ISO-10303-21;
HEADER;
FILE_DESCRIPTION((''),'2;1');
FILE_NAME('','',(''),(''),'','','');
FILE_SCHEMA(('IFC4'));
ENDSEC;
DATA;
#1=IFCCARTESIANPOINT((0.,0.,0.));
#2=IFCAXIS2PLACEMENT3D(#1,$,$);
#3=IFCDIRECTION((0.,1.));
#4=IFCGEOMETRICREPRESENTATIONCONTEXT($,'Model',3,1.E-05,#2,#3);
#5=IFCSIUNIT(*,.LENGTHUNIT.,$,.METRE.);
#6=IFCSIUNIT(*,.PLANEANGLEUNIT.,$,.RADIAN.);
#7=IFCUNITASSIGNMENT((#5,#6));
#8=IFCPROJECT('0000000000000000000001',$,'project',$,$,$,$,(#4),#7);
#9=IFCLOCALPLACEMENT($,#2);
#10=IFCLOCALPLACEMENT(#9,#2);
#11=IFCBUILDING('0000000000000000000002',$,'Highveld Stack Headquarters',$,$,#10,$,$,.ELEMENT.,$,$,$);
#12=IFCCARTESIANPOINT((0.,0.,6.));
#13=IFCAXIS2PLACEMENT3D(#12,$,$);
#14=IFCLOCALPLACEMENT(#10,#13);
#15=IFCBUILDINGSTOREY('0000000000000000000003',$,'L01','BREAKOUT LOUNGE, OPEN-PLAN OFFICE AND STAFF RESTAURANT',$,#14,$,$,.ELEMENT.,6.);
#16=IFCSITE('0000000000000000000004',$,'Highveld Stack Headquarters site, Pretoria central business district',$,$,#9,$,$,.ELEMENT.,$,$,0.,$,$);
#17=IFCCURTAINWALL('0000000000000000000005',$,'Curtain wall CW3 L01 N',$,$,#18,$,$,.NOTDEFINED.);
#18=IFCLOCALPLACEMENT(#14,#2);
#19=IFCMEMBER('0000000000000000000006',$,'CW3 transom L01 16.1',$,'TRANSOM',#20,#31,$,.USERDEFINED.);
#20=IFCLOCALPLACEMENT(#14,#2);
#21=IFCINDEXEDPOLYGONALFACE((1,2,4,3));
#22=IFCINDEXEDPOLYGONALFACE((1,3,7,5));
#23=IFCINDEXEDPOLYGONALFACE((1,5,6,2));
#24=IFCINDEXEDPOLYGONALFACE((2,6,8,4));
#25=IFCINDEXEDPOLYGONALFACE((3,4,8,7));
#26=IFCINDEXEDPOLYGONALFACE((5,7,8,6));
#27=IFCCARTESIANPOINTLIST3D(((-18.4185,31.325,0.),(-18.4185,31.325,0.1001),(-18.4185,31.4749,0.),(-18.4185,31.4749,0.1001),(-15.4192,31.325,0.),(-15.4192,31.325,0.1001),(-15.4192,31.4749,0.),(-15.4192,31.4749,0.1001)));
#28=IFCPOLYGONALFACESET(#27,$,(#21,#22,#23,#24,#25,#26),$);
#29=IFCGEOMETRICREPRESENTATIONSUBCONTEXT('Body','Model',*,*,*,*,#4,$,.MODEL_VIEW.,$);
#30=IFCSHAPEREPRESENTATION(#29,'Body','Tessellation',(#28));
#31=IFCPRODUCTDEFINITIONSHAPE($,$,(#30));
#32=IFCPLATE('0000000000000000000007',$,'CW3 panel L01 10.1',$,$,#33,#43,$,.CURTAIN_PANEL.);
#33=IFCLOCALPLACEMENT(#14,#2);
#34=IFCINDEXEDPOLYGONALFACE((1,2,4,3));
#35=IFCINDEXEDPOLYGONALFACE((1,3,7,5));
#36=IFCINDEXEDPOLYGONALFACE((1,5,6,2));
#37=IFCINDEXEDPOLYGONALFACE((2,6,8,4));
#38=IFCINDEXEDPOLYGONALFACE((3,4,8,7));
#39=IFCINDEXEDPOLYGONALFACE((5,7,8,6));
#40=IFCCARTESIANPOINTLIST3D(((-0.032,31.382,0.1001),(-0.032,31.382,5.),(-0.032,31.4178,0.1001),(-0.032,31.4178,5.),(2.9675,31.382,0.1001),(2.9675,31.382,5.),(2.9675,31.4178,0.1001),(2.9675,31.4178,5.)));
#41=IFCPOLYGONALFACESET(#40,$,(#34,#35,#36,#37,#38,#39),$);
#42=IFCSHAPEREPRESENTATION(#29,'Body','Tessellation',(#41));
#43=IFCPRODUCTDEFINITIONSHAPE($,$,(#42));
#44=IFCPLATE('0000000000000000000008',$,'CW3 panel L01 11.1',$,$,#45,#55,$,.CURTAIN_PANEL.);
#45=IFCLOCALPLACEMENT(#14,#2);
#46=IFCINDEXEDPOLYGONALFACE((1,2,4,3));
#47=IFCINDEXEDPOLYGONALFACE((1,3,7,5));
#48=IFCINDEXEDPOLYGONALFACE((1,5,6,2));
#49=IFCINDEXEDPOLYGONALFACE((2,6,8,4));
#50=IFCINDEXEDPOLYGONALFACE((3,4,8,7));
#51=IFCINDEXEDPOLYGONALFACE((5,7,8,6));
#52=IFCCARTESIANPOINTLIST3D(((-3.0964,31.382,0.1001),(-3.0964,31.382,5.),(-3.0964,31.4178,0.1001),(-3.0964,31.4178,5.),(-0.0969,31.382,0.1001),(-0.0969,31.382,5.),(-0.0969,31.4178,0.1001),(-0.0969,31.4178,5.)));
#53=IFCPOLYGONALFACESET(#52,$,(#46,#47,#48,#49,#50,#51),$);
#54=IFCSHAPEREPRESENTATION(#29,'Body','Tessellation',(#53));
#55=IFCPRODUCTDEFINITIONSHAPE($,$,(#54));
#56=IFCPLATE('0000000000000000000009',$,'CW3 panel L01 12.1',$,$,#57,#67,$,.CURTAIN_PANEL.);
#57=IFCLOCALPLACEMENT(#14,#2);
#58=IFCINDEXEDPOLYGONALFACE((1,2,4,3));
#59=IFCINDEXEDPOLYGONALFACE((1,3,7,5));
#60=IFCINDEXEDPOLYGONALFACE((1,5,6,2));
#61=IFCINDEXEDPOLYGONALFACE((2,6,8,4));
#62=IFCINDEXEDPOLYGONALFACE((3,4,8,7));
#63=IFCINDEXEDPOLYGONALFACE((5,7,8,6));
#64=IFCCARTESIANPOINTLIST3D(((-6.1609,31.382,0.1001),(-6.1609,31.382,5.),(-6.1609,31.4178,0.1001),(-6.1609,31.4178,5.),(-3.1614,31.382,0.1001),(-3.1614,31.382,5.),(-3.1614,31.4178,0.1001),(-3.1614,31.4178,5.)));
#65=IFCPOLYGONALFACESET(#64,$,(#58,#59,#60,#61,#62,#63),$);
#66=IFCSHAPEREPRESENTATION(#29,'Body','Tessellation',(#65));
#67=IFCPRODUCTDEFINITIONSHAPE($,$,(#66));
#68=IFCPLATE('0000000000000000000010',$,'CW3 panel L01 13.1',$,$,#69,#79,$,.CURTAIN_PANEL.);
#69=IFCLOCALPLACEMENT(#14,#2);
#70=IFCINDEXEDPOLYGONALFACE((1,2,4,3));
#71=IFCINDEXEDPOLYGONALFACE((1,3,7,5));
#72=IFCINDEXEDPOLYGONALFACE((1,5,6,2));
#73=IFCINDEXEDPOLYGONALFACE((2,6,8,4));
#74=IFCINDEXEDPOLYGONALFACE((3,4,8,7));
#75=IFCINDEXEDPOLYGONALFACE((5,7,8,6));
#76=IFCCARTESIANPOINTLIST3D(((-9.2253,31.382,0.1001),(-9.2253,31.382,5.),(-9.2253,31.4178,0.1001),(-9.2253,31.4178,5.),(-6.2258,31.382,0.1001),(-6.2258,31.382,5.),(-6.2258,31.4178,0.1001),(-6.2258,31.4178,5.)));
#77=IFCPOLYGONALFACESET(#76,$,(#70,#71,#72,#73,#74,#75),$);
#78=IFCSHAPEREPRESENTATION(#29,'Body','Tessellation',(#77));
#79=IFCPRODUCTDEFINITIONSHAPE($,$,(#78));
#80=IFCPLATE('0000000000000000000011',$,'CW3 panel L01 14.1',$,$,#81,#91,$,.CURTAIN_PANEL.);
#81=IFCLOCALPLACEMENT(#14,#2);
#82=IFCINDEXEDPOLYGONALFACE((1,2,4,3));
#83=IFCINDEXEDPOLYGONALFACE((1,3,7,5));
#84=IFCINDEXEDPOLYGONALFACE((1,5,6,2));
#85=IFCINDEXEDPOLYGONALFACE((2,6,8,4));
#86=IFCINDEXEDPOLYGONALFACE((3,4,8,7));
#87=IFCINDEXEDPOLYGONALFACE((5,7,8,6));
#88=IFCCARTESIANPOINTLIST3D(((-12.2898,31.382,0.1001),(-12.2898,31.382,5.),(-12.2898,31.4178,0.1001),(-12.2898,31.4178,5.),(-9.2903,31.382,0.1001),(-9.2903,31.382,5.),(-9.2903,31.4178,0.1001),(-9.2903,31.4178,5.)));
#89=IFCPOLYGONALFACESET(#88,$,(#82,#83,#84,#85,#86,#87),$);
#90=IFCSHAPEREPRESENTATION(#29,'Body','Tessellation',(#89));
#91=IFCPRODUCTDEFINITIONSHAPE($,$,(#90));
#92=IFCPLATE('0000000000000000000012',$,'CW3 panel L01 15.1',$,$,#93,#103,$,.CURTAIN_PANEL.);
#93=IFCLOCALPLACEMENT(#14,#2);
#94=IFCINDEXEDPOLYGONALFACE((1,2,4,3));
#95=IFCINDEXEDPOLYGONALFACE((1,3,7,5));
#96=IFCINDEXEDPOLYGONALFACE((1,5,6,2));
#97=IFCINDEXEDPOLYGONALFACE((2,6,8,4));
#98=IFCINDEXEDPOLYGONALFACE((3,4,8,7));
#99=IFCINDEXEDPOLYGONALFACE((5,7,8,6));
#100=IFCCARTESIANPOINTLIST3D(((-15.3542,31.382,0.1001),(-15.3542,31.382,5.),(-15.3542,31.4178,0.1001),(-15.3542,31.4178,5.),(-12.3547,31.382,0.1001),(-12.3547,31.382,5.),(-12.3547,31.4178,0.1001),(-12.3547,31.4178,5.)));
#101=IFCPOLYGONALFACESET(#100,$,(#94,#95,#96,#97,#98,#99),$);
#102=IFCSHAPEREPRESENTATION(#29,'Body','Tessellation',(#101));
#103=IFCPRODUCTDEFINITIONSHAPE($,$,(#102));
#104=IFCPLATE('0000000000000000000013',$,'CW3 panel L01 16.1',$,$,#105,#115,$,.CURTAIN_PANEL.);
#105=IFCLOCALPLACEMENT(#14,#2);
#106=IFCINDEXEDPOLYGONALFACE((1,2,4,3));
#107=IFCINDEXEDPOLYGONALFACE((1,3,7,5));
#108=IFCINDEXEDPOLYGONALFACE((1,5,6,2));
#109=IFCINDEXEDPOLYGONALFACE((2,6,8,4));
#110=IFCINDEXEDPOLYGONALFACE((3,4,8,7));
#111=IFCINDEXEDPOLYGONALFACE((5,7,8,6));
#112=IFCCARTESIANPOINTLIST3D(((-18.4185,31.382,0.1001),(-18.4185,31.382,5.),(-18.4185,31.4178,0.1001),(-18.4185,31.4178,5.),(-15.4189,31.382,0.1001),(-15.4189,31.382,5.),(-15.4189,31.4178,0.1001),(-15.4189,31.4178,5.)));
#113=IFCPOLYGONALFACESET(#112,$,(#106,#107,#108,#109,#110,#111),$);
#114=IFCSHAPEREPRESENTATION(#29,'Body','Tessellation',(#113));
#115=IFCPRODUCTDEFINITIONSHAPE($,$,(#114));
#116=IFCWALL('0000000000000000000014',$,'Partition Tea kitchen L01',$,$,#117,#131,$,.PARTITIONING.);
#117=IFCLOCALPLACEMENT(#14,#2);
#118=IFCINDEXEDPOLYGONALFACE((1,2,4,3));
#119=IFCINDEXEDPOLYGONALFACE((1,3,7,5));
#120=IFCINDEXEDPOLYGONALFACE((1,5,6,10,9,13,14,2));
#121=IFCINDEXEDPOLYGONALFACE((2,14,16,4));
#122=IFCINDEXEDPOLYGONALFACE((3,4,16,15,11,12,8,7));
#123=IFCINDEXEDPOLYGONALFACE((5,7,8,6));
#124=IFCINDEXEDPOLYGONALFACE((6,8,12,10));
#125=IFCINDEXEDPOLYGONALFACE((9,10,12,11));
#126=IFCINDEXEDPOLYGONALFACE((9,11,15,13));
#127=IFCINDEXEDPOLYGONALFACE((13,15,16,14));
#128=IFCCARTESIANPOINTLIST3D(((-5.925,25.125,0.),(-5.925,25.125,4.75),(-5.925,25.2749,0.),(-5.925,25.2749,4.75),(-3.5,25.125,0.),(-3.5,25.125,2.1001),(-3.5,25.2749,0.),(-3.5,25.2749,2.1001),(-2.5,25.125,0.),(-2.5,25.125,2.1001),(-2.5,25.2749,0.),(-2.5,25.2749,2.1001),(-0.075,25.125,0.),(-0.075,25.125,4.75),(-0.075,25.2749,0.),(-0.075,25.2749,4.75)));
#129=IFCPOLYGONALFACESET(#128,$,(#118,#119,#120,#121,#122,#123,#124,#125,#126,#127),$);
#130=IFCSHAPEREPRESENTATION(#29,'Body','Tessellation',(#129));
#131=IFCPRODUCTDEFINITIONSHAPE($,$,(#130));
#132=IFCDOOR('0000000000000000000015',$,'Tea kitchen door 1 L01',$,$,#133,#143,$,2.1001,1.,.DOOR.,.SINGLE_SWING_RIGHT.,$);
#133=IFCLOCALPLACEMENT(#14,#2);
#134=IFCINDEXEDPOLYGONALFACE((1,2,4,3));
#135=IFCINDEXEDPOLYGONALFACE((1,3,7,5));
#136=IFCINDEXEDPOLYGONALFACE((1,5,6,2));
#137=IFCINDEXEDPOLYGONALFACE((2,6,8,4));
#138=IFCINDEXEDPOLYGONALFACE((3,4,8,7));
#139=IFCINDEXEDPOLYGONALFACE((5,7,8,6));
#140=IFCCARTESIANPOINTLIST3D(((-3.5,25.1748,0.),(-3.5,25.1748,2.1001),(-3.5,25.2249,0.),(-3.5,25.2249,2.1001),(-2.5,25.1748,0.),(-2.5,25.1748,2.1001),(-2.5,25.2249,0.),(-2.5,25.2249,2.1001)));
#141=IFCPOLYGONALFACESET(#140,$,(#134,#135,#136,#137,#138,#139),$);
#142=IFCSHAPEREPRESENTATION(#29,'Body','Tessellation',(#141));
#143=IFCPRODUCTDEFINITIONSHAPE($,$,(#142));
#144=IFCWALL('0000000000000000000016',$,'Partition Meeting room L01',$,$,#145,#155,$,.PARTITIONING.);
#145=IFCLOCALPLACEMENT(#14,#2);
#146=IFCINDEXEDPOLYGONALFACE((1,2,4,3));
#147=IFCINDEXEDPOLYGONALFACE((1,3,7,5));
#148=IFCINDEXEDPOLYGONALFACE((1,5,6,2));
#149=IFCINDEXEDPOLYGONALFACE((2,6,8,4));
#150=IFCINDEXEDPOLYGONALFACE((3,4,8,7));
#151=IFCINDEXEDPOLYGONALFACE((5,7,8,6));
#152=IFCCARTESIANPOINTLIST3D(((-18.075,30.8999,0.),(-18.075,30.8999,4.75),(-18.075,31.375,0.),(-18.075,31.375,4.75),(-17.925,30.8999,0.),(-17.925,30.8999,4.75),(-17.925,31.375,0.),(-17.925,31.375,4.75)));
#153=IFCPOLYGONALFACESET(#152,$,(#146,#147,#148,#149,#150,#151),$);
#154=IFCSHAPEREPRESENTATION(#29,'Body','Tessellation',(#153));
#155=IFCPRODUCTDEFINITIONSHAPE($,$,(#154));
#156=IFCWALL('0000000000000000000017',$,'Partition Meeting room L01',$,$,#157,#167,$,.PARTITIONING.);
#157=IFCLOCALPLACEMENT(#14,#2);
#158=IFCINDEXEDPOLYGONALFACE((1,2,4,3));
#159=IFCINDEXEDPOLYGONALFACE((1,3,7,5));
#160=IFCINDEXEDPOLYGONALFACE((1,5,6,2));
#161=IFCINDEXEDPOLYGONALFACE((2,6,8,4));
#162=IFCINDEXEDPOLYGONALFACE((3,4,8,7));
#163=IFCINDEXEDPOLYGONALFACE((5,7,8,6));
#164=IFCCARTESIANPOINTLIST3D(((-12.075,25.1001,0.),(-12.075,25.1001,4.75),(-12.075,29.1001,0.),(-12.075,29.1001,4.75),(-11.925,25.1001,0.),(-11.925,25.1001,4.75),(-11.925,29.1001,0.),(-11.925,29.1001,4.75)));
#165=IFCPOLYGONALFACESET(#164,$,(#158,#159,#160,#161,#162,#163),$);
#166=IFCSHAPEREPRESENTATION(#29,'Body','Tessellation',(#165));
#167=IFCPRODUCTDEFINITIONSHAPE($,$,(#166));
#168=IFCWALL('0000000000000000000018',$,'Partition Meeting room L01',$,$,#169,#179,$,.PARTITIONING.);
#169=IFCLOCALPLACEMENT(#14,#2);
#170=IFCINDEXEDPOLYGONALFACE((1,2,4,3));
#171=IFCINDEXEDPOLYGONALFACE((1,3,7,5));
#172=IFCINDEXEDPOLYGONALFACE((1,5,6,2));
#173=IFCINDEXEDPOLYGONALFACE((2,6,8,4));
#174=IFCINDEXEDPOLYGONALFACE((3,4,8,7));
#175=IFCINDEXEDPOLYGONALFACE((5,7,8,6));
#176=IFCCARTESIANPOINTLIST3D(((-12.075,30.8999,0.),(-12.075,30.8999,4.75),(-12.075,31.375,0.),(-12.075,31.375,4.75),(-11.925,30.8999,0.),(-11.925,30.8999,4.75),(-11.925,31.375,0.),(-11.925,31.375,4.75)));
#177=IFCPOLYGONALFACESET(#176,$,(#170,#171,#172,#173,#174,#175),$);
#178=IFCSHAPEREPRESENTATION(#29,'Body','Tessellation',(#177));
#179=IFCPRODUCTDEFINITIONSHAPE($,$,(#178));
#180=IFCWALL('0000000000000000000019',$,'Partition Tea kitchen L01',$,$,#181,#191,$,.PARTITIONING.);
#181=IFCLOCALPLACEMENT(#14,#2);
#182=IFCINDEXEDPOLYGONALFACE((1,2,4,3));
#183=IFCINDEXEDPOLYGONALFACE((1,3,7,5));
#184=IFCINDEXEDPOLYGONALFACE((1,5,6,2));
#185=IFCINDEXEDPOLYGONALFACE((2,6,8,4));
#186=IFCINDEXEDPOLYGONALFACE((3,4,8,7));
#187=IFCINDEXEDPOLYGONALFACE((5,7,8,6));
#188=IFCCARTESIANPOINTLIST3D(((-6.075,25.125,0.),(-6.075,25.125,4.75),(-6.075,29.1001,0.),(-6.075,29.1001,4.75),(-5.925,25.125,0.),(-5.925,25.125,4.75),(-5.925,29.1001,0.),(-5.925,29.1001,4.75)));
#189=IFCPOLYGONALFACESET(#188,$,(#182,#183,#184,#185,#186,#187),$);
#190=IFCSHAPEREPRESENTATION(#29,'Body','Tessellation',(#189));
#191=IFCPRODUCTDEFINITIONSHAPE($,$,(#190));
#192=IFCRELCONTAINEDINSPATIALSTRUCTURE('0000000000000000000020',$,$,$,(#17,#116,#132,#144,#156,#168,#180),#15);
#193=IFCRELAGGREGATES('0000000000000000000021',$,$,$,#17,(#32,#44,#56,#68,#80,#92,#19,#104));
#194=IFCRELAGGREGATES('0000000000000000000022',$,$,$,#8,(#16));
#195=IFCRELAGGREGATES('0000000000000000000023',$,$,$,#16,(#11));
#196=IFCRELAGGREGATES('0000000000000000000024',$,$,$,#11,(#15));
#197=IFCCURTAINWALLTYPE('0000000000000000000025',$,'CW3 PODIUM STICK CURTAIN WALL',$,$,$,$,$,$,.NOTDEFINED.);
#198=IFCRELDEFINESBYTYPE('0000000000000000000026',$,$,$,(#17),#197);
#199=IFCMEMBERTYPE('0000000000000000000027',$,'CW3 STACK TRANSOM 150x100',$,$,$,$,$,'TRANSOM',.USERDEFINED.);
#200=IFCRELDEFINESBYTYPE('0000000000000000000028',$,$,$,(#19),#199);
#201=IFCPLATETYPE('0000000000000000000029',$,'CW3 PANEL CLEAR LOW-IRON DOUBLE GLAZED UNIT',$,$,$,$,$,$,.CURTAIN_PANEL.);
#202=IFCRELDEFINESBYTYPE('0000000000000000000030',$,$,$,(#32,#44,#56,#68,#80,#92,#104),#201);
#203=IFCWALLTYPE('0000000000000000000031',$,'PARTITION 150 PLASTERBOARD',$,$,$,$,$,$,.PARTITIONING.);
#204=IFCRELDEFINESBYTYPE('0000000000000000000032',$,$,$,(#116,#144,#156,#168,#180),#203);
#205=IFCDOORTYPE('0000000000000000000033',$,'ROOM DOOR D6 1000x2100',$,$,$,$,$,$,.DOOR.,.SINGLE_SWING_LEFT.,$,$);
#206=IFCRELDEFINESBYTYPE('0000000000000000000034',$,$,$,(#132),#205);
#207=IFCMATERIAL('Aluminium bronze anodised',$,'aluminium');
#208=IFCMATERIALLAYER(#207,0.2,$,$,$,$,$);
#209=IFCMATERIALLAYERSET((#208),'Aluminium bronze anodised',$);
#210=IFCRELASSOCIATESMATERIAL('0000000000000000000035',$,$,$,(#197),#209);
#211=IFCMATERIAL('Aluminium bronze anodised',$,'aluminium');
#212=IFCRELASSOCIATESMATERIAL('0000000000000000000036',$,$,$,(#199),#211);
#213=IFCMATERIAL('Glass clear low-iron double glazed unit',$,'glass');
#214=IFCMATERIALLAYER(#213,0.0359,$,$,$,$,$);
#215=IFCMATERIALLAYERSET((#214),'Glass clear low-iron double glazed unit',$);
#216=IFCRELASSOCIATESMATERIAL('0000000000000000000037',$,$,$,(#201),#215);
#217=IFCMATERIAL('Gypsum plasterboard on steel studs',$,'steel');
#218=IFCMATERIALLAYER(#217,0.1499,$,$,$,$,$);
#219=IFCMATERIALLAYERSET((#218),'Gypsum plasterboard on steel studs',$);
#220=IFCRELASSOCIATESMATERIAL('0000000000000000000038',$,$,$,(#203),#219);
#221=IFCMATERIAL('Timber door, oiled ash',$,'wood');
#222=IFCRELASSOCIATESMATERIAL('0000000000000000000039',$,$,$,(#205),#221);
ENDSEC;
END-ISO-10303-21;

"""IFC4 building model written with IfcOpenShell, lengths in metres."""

from ifc_helpers import new_model, si_unit, direction, frame, frame_2d, origin, origin_2d, place, context, subcontext, project, spatial, rectangle, extrude, material, layer, layer_set, material_profile, profile_set, type_object, element, fill, aggregate, save


model = new_model("IFC4")

# Units and contexts
model_context = context("Model", 3, precision=1e-05, world=origin(), true_north=direction((0.0, 1.0)))
body_context = subcontext(model_context, "Body", "Model", "MODEL_VIEW")
ifc_project = project(units=[si_unit("LENGTHUNIT", "METRE"), si_unit("PLANEANGLEUNIT", "RADIAN")], contexts=[model_context])

# Site, building, storey
site_placement = place(None, origin())
site = spatial("IfcSite", under=ifc_project, at=site_placement, Name="Highveld Stack Headquarters site, Pretoria central business district", CompositionType="ELEMENT", RefElevation=0.0)
building_placement = place(site_placement, origin())
building = spatial("IfcBuilding", under=site, at=building_placement, Name="Highveld Stack Headquarters", CompositionType="ELEMENT")
storey_placement = place(building_placement, frame((0.0, 0.0, 6.0)))
storey = spatial("IfcBuildingStorey", under=building, at=storey_placement, Name="L01", Description="BREAKOUT LOUNGE, OPEN-PLAN OFFICE AND STAFF RESTAURANT", CompositionType="ELEMENT", Elevation=6.0)

# Curtain wall, member, plates
ifc_material_1 = material(Name="Aluminium bronze anodised", Category="aluminium")
ifc_layer_1 = layer(ifc_material_1, 0.2)
ifc_layer_set_1 = layer_set([ifc_layer_1], Name="Aluminium bronze anodised")
curtain_wall_type = type_object("IfcCurtainWallType", Name="CW3 PODIUM STICK CURTAIN WALL", PredefinedType="NOTDEFINED", material=ifc_layer_set_1)
curtain_wall_placement = place(storey_placement, origin())
curtain_wall = element("IfcCurtainWall", 1, at=curtain_wall_placement, inside=storey, type_object=curtain_wall_type, Name="Curtain wall CW3 L01 N", PredefinedType="NOTDEFINED")
ifc_material_2 = material(Name="Aluminium bronze anodised", Category="aluminium")
ifc_material_profile_1 = material_profile(ifc_material_2, rectangle(XDim=0.1499, YDim=0.1001, at=origin_2d()), Name="CW3 TRANSOM 150x100")
ifc_profile_set_1 = profile_set([ifc_material_profile_1], Name="Aluminium bronze anodised")
member_type_1 = type_object("IfcMemberType", Name="CW3 STACK TRANSOM 150x100", ElementType="TRANSOM", PredefinedType="USERDEFINED", material=ifc_profile_set_1)
member_1_placement = place(storey_placement, frame((-15.4192, 31.3999, 0.05), z_axis=(-1.0, 0.0, 0.0), x_axis=(0.0, -1.0, 0.0)))
member_1 = element("IfcMember", 2, at=member_1_placement, type_object=member_type_1, Name="CW3 transom L01 16.1", ObjectType="TRANSOM", PredefinedType="USERDEFINED", context=body_context, shape_type="SweptSolid", body=[
    extrude(rectangle(XDim=0.1499, YDim=0.1001, at=origin_2d()), origin(), (0.0, 0.0, 1.0), 2.9993),
])
ifc_material_3 = material(Name="Glass clear low-iron double glazed unit", Category="glass")
ifc_layer_2 = layer(ifc_material_3, 0.0359)
ifc_layer_set_2 = layer_set([ifc_layer_2], Name="Glass clear low-iron double glazed unit")
plate_type = type_object("IfcPlateType", Name="CW3 PANEL CLEAR LOW-IRON DOUBLE GLAZED UNIT", PredefinedType="CURTAIN_PANEL", material=ifc_layer_set_2)
plate_1_placement = place(storey_placement, frame((1.4678, 31.3999, 0.1001), z_axis=(0.0, 0.0, 1.0), x_axis=(-1.0, 0.0, 0.0)))
plate_1 = element("IfcPlate", 3, at=plate_1_placement, type_object=plate_type, Name="CW3 panel L01 10.1", PredefinedType="CURTAIN_PANEL", context=body_context, shape_type="SweptSolid", body=[
    extrude(rectangle(XDim=2.9995, YDim=0.0359, at=origin_2d()), origin(), (0.0, 0.0, 1.0), 4.8999),
])
plate_2_placement = place(storey_placement, frame((-1.5967, 31.3999, 0.1001), z_axis=(0.0, 0.0, 1.0), x_axis=(-1.0, 0.0, 0.0)))
plate_2 = element("IfcPlate", 4, at=plate_2_placement, type_object=plate_type, Name="CW3 panel L01 11.1", PredefinedType="CURTAIN_PANEL", context=body_context, shape_type="SweptSolid", body=[
    extrude(rectangle(XDim=2.9995, YDim=0.0359, at=origin_2d()), origin(), (0.0, 0.0, 1.0), 4.8999),
])
plate_3_placement = place(storey_placement, frame((-4.6611, 31.3999, 0.1001), z_axis=(0.0, 0.0, 1.0), x_axis=(-1.0, 0.0, 0.0)))
plate_3 = element("IfcPlate", 5, at=plate_3_placement, type_object=plate_type, Name="CW3 panel L01 12.1", PredefinedType="CURTAIN_PANEL", context=body_context, shape_type="SweptSolid", body=[
    extrude(rectangle(XDim=2.9995, YDim=0.0359, at=origin_2d()), origin(), (0.0, 0.0, 1.0), 4.8999),
])
plate_4_placement = place(storey_placement, frame((-7.7256, 31.3999, 0.1001), z_axis=(0.0, 0.0, 1.0), x_axis=(-1.0, 0.0, 0.0)))
plate_4 = element("IfcPlate", 6, at=plate_4_placement, type_object=plate_type, Name="CW3 panel L01 13.1", PredefinedType="CURTAIN_PANEL", context=body_context, shape_type="SweptSolid", body=[
    extrude(rectangle(XDim=2.9995, YDim=0.0359, at=origin_2d()), origin(), (0.0, 0.0, 1.0), 4.8999),
])
plate_5_placement = place(storey_placement, frame((-10.79, 31.3999, 0.1001), z_axis=(0.0, 0.0, 1.0), x_axis=(-1.0, 0.0, 0.0)))
plate_5 = element("IfcPlate", 7, at=plate_5_placement, type_object=plate_type, Name="CW3 panel L01 14.1", PredefinedType="CURTAIN_PANEL", context=body_context, shape_type="SweptSolid", body=[
    extrude(rectangle(XDim=2.9995, YDim=0.0359, at=origin_2d()), origin(), (0.0, 0.0, 1.0), 4.8999),
])
plate_6_placement = place(storey_placement, frame((-13.8545, 31.3999, 0.1001), z_axis=(0.0, 0.0, 1.0), x_axis=(-1.0, 0.0, 0.0)))
plate_6 = element("IfcPlate", 8, at=plate_6_placement, type_object=plate_type, Name="CW3 panel L01 15.1", PredefinedType="CURTAIN_PANEL", context=body_context, shape_type="SweptSolid", body=[
    extrude(rectangle(XDim=2.9995, YDim=0.0359, at=origin_2d()), origin(), (0.0, 0.0, 1.0), 4.8999),
])
plate_7_placement = place(storey_placement, frame((-16.9187, 31.3999, 0.1001), z_axis=(0.0, 0.0, 1.0), x_axis=(-1.0, 0.0, 0.0)))
plate_7 = element("IfcPlate", 9, at=plate_7_placement, type_object=plate_type, Name="CW3 panel L01 16.1", PredefinedType="CURTAIN_PANEL", context=body_context, shape_type="SweptSolid", body=[
    extrude(rectangle(XDim=2.9995, YDim=0.0359, at=origin_2d()), origin(), (0.0, 0.0, 1.0), 4.8999),
])
aggregate(curtain_wall, [plate_1, plate_2, plate_3, plate_4, plate_5, plate_6, member_1, plate_7])

# Wall, opening, door
ifc_material_4 = material(Name="Gypsum plasterboard on steel studs", Category="steel")
ifc_layer_3 = layer(ifc_material_4, 0.1499)
ifc_layer_set_3 = layer_set([ifc_layer_3], Name="Gypsum plasterboard on steel studs")
wall_type = type_object("IfcWallType", Name="PARTITION 150 PLASTERBOARD", PredefinedType="PARTITIONING", material=ifc_layer_set_3)
wall_1_placement = place(storey_placement, frame((-5.925, 25.2, 0.0), z_axis=(0.0, 0.0, 1.0), x_axis=(1.0, 0.0, 0.0)))
wall_1 = element("IfcWall", 10, at=wall_1_placement, inside=storey, type_object=wall_type, Name="Partition Tea kitchen L01", PredefinedType="PARTITIONING", context=body_context, shape_type="SweptSolid", body=[
    extrude(rectangle(XDim=5.8501, YDim=0.1499, at=frame_2d((2.925, 0.0))), origin(), (0.0, 0.0, 1.0), 4.75),
])
opening_placement = place(wall_1_placement, frame((2.425, 0.0, 0.0)))
opening = element("IfcOpeningElement", 11, at=opening_placement, cuts=wall_1, PredefinedType="OPENING", context=body_context, shape_type="SweptSolid", body=[
    extrude(rectangle(XDim=1.0, YDim=2.1001, at=frame_2d((0.5, 1.05))), frame((0.0, 0.085, 0.0), z_axis=(0.0, -1.0, 0.0), x_axis=(1.0, 0.0, 0.0)), (0.0, 0.0, 1.0), 0.1699),
])
ifc_material_5 = material(Name="Timber door, oiled ash", Category="wood")
door_type = type_object("IfcDoorType", Name="ROOM DOOR D6 1000x2100", OperationType="SINGLE_SWING_LEFT", PredefinedType="DOOR", material=ifc_material_5)
door_placement = place(opening_placement, origin())
door = element("IfcDoor", 12, at=door_placement, inside=storey, type_object=door_type, Name="Tea kitchen door 1 L01", OperationType="SINGLE_SWING_RIGHT", OverallHeight=2.1001, OverallWidth=1.0, PredefinedType="DOOR", context=body_context, shape_type="SweptSolid", body=[
    extrude(rectangle(XDim=1.0, YDim=2.1001, at=frame_2d((0.5, 1.05))), frame((0.0, 0.0249, 0.0), z_axis=(0.0, -1.0, 0.0), x_axis=(1.0, 0.0, 0.0)), (0.0, 0.0, 1.0), 0.05),
])
fill(opening, door)

# Walls
wall_2_placement = place(storey_placement, frame((-18.0, 30.8999, 0.0), z_axis=(0.0, 0.0, 1.0), x_axis=(0.0, 1.0, 0.0)))
element("IfcWall", 13, at=wall_2_placement, inside=storey, type_object=wall_type, Name="Partition Meeting room L01", PredefinedType="PARTITIONING", context=body_context, shape_type="SweptSolid", body=[
    extrude(rectangle(XDim=0.4751, YDim=0.1499, at=frame_2d((0.2375, 0.0))), origin(), (0.0, 0.0, 1.0), 4.75),
])
wall_3_placement = place(storey_placement, frame((-12.0, 25.1001, 0.0), z_axis=(0.0, 0.0, 1.0), x_axis=(0.0, 1.0, 0.0)))
element("IfcWall", 14, at=wall_3_placement, inside=storey, type_object=wall_type, Name="Partition Meeting room L01", PredefinedType="PARTITIONING", context=body_context, shape_type="SweptSolid", body=[
    extrude(rectangle(XDim=4.0, YDim=0.1499, at=frame_2d((2.0, 0.0))), origin(), (0.0, 0.0, 1.0), 4.75),
])
wall_4_placement = place(storey_placement, frame((-12.0, 30.8999, 0.0), z_axis=(0.0, 0.0, 1.0), x_axis=(0.0, 1.0, 0.0)))
element("IfcWall", 15, at=wall_4_placement, inside=storey, type_object=wall_type, Name="Partition Meeting room L01", PredefinedType="PARTITIONING", context=body_context, shape_type="SweptSolid", body=[
    extrude(rectangle(XDim=0.4751, YDim=0.1499, at=frame_2d((0.2375, 0.0))), origin(), (0.0, 0.0, 1.0), 4.75),
])
wall_5_placement = place(storey_placement, frame((-6.0, 25.125, 0.0), z_axis=(0.0, 0.0, 1.0), x_axis=(0.0, 1.0, 0.0)))
element("IfcWall", 16, at=wall_5_placement, inside=storey, type_object=wall_type, Name="Partition Tea kitchen L01", PredefinedType="PARTITIONING", context=body_context, shape_type="SweptSolid", body=[
    extrude(rectangle(XDim=3.9751, YDim=0.1499, at=frame_2d((1.9875, 0.0))), origin(), (0.0, 0.0, 1.0), 4.75),
])

save(model, "model.ifc")
